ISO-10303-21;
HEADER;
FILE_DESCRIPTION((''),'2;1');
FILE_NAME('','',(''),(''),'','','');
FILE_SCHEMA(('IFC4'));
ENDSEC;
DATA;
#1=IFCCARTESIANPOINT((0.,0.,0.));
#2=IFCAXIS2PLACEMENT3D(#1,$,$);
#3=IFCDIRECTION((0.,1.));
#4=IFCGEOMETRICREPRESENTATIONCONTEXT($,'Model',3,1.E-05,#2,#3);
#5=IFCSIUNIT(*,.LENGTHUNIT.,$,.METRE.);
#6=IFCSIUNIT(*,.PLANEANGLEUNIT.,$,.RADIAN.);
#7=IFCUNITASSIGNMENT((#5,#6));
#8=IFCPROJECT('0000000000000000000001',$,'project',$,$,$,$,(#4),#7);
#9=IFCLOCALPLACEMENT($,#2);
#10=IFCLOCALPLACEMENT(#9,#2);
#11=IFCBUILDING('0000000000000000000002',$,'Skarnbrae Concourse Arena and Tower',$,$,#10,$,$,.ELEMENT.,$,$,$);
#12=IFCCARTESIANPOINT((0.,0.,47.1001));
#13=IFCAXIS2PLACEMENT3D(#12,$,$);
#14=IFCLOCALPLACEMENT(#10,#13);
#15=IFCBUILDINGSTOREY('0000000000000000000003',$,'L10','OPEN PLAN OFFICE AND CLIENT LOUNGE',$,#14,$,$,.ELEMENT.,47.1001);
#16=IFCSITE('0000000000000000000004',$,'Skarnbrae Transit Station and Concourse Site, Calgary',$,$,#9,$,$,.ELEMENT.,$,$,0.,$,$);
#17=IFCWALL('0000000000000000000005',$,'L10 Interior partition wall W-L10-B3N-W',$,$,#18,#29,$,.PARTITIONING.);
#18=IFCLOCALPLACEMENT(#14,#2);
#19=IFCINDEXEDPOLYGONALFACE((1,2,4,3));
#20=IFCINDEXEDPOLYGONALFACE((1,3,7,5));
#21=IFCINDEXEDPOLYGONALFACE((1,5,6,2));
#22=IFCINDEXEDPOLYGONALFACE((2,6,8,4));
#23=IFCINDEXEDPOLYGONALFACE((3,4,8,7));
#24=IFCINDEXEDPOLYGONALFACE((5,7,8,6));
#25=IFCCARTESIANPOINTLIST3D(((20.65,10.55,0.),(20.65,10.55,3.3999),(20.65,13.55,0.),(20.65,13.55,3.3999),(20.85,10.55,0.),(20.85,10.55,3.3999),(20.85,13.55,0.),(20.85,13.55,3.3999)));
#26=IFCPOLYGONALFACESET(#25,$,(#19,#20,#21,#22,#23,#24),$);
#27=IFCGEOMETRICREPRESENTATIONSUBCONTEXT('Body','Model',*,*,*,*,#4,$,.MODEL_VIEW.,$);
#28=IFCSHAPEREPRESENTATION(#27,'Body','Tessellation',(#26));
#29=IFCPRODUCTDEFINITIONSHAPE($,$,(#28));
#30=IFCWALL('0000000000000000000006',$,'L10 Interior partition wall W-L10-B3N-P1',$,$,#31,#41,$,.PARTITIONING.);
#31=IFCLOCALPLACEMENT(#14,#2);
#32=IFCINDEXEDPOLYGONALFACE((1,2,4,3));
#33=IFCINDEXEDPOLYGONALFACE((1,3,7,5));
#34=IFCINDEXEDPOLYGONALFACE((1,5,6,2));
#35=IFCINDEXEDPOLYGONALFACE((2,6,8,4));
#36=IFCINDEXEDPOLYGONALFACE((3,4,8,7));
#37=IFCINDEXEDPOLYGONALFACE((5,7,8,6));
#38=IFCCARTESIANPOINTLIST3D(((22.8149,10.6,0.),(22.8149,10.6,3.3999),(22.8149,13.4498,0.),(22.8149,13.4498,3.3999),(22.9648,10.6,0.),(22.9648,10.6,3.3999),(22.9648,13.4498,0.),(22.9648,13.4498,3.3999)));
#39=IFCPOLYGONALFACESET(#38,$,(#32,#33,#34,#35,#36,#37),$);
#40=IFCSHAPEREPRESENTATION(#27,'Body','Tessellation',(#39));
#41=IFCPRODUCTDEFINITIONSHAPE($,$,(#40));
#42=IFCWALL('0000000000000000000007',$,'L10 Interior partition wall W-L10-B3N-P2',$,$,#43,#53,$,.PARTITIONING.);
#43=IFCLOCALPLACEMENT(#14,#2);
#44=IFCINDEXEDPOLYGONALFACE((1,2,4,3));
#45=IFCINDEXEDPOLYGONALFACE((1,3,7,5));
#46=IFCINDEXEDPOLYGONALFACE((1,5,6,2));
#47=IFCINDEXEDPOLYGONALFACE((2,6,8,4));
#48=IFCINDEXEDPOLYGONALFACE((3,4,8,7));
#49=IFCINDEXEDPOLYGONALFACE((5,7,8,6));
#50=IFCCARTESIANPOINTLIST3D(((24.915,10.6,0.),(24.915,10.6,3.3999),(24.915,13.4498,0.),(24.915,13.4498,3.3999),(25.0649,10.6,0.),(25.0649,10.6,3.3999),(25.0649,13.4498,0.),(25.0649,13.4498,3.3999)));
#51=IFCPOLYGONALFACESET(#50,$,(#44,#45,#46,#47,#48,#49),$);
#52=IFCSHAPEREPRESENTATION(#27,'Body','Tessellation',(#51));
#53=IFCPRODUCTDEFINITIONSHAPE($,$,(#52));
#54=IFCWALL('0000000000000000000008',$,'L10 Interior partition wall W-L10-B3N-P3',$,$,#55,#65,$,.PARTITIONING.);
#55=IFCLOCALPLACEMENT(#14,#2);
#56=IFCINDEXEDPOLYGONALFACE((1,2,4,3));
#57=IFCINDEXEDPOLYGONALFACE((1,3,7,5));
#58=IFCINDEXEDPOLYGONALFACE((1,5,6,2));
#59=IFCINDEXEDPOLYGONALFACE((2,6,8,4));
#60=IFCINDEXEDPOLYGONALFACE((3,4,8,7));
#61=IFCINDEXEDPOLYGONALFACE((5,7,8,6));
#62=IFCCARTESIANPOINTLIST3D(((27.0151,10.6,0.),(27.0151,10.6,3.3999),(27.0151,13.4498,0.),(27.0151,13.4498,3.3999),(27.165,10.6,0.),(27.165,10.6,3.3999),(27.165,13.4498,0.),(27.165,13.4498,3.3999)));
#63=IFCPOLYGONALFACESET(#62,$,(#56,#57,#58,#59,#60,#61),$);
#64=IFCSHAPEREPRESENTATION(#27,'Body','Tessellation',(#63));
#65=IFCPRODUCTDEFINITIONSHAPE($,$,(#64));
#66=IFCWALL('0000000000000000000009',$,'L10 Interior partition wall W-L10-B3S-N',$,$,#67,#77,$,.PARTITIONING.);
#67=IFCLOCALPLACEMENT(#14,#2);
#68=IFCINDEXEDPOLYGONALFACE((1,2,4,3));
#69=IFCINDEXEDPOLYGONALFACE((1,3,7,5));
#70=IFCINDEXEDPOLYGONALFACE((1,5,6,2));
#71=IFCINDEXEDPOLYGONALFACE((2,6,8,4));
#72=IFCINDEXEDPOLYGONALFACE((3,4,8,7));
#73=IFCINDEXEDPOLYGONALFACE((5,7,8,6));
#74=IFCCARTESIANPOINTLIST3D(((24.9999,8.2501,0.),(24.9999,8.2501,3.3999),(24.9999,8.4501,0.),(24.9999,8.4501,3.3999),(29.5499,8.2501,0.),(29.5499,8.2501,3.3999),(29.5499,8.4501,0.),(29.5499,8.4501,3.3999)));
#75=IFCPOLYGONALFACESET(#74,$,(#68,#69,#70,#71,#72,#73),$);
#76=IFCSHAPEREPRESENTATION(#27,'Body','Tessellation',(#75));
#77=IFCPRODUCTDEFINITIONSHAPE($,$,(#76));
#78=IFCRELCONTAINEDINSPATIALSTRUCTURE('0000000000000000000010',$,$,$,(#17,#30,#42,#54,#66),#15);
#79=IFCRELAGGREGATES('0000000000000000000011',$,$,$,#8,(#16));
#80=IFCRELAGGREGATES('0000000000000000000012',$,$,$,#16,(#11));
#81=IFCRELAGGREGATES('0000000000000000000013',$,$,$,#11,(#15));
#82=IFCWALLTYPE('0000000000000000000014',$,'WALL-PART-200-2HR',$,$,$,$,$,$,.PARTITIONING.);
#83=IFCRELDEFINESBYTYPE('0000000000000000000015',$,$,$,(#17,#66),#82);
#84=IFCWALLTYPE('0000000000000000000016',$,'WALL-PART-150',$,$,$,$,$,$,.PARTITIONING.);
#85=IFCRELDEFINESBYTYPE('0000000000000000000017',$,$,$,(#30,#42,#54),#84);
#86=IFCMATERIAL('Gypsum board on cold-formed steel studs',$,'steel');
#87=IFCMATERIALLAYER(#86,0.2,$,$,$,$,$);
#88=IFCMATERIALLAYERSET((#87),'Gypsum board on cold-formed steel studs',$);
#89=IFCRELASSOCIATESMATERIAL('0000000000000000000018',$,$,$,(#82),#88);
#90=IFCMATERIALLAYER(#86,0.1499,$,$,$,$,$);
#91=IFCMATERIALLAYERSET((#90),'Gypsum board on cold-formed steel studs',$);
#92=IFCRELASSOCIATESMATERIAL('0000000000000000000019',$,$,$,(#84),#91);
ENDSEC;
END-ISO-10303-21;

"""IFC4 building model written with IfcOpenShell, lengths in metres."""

from ifc_helpers import new_model, si_unit, direction, frame, frame_2d, origin, place, context, subcontext, project, spatial, rectangle, extrude, source, transform, mapped, material, layer, layer_set, type_object, element, save


model = new_model("IFC4")

# Units and contexts
model_context = context("Model", 3, precision=1e-05, world=origin(), true_north=direction((0.0, 1.0)))
body_context = subcontext(model_context, "Body", "Model", "MODEL_VIEW")
ifc_project = project(units=[si_unit("LENGTHUNIT", "METRE"), si_unit("PLANEANGLEUNIT", "RADIAN")], contexts=[model_context])

# Site, building, storey
site_placement = place(None, origin())
site = spatial("IfcSite", under=ifc_project, at=site_placement, Name="Skarnbrae Transit Station and Concourse Site, Calgary", CompositionType="ELEMENT", RefElevation=0.0)
building_placement = place(site_placement, origin())
building = spatial("IfcBuilding", under=site, at=building_placement, Name="Skarnbrae Concourse Arena and Tower", CompositionType="ELEMENT")
storey_placement = place(building_placement, frame((0.0, 0.0, 47.1001)))
storey = spatial("IfcBuildingStorey", under=building, at=storey_placement, Name="L10", Description="OPEN PLAN OFFICE AND CLIENT LOUNGE", CompositionType="ELEMENT", Elevation=47.1001)

# Shared definitions
ifc_material_1 = material(Name="Gypsum board on cold-formed steel studs", Category="steel")
ifc_layer_1 = layer(ifc_material_1, 0.2)
ifc_layer_set_1 = layer_set([ifc_layer_1], Name="Gypsum board on cold-formed steel studs")
wall_type_1 = type_object("IfcWallType", Name="WALL-PART-200-2HR", PredefinedType="PARTITIONING", material=ifc_layer_set_1)

# Walls
shared_shape_1 = source(origin(), body_context, "Body", "SweptSolid", [
    extrude(rectangle(XDim=3.0, YDim=0.2, at=frame_2d((1.5, 0.0))), origin(), (0.0, 0.0, 1.0), 3.3999),
])
wall_1_placement = place(storey_placement, frame((20.75, 10.55, 0.0), z_axis=(0.0, 0.0, 1.0), x_axis=(0.0, 1.0, 0.0)))
element("IfcWall", 1, at=wall_1_placement, inside=storey, type_object=wall_type_1, Name="L10 Interior partition wall W-L10-B3N-W", PredefinedType="PARTITIONING", context=body_context, shape_type="MappedRepresentation", body=[
    mapped(shared_shape_1, transform((0.0, 0.0, 0.0))),
])
ifc_layer_2 = layer(ifc_material_1, 0.1499)
ifc_layer_set_2 = layer_set([ifc_layer_2], Name="Gypsum board on cold-formed steel studs")
wall_type_2 = type_object("IfcWallType", Name="WALL-PART-150", PredefinedType="PARTITIONING", material=ifc_layer_set_2)
shared_shape_2 = source(origin(), body_context, "Body", "SweptSolid", [
    extrude(rectangle(XDim=2.8499, YDim=0.1499, at=frame_2d((1.4248, 0.0))), origin(), (0.0, 0.0, 1.0), 3.3999),
])
for number, where, z_axis, x_axis, name in (
    (2, (22.8899, 10.6001, 0.0), (0.0, 0.0, 1.0), (0.0, 1.0, 0.0), "L10 Interior partition wall W-L10-B3N-P1"),
    (3, (24.99, 10.6001, 0.0), (0.0, 0.0, 1.0), (0.0, 1.0, 0.0), "L10 Interior partition wall W-L10-B3N-P2"),
    (4, (27.0901, 10.6001, 0.0), (0.0, 0.0, 1.0), (0.0, 1.0, 0.0), "L10 Interior partition wall W-L10-B3N-P3"),
):
    element("IfcWall", number, at=place(storey_placement, frame(where, z_axis=z_axis, x_axis=x_axis)), inside=storey, type_object=wall_type_2, Name=name, PredefinedType="PARTITIONING", context=body_context, shape_type="MappedRepresentation", body=[
        mapped(shared_shape_2, transform((0.0, 0.0, 0.0))),
    ])
shared_shape_3 = source(origin(), body_context, "Body", "SweptSolid", [
    extrude(rectangle(XDim=4.55, YDim=0.2, at=frame_2d((2.2749, 0.0))), origin(), (0.0, 0.0, 1.0), 3.3999),
])
wall_2_placement = place(storey_placement, frame((25.0, 8.3501, 0.0), z_axis=(0.0, 0.0, 1.0), x_axis=(1.0, 0.0, 0.0)))
element("IfcWall", 5, at=wall_2_placement, inside=storey, type_object=wall_type_1, Name="L10 Interior partition wall W-L10-B3S-N", PredefinedType="PARTITIONING", context=body_context, shape_type="MappedRepresentation", body=[
    mapped(shared_shape_3, transform((0.0, 0.0, 0.0))),
])

save(model, "model.ifc")
